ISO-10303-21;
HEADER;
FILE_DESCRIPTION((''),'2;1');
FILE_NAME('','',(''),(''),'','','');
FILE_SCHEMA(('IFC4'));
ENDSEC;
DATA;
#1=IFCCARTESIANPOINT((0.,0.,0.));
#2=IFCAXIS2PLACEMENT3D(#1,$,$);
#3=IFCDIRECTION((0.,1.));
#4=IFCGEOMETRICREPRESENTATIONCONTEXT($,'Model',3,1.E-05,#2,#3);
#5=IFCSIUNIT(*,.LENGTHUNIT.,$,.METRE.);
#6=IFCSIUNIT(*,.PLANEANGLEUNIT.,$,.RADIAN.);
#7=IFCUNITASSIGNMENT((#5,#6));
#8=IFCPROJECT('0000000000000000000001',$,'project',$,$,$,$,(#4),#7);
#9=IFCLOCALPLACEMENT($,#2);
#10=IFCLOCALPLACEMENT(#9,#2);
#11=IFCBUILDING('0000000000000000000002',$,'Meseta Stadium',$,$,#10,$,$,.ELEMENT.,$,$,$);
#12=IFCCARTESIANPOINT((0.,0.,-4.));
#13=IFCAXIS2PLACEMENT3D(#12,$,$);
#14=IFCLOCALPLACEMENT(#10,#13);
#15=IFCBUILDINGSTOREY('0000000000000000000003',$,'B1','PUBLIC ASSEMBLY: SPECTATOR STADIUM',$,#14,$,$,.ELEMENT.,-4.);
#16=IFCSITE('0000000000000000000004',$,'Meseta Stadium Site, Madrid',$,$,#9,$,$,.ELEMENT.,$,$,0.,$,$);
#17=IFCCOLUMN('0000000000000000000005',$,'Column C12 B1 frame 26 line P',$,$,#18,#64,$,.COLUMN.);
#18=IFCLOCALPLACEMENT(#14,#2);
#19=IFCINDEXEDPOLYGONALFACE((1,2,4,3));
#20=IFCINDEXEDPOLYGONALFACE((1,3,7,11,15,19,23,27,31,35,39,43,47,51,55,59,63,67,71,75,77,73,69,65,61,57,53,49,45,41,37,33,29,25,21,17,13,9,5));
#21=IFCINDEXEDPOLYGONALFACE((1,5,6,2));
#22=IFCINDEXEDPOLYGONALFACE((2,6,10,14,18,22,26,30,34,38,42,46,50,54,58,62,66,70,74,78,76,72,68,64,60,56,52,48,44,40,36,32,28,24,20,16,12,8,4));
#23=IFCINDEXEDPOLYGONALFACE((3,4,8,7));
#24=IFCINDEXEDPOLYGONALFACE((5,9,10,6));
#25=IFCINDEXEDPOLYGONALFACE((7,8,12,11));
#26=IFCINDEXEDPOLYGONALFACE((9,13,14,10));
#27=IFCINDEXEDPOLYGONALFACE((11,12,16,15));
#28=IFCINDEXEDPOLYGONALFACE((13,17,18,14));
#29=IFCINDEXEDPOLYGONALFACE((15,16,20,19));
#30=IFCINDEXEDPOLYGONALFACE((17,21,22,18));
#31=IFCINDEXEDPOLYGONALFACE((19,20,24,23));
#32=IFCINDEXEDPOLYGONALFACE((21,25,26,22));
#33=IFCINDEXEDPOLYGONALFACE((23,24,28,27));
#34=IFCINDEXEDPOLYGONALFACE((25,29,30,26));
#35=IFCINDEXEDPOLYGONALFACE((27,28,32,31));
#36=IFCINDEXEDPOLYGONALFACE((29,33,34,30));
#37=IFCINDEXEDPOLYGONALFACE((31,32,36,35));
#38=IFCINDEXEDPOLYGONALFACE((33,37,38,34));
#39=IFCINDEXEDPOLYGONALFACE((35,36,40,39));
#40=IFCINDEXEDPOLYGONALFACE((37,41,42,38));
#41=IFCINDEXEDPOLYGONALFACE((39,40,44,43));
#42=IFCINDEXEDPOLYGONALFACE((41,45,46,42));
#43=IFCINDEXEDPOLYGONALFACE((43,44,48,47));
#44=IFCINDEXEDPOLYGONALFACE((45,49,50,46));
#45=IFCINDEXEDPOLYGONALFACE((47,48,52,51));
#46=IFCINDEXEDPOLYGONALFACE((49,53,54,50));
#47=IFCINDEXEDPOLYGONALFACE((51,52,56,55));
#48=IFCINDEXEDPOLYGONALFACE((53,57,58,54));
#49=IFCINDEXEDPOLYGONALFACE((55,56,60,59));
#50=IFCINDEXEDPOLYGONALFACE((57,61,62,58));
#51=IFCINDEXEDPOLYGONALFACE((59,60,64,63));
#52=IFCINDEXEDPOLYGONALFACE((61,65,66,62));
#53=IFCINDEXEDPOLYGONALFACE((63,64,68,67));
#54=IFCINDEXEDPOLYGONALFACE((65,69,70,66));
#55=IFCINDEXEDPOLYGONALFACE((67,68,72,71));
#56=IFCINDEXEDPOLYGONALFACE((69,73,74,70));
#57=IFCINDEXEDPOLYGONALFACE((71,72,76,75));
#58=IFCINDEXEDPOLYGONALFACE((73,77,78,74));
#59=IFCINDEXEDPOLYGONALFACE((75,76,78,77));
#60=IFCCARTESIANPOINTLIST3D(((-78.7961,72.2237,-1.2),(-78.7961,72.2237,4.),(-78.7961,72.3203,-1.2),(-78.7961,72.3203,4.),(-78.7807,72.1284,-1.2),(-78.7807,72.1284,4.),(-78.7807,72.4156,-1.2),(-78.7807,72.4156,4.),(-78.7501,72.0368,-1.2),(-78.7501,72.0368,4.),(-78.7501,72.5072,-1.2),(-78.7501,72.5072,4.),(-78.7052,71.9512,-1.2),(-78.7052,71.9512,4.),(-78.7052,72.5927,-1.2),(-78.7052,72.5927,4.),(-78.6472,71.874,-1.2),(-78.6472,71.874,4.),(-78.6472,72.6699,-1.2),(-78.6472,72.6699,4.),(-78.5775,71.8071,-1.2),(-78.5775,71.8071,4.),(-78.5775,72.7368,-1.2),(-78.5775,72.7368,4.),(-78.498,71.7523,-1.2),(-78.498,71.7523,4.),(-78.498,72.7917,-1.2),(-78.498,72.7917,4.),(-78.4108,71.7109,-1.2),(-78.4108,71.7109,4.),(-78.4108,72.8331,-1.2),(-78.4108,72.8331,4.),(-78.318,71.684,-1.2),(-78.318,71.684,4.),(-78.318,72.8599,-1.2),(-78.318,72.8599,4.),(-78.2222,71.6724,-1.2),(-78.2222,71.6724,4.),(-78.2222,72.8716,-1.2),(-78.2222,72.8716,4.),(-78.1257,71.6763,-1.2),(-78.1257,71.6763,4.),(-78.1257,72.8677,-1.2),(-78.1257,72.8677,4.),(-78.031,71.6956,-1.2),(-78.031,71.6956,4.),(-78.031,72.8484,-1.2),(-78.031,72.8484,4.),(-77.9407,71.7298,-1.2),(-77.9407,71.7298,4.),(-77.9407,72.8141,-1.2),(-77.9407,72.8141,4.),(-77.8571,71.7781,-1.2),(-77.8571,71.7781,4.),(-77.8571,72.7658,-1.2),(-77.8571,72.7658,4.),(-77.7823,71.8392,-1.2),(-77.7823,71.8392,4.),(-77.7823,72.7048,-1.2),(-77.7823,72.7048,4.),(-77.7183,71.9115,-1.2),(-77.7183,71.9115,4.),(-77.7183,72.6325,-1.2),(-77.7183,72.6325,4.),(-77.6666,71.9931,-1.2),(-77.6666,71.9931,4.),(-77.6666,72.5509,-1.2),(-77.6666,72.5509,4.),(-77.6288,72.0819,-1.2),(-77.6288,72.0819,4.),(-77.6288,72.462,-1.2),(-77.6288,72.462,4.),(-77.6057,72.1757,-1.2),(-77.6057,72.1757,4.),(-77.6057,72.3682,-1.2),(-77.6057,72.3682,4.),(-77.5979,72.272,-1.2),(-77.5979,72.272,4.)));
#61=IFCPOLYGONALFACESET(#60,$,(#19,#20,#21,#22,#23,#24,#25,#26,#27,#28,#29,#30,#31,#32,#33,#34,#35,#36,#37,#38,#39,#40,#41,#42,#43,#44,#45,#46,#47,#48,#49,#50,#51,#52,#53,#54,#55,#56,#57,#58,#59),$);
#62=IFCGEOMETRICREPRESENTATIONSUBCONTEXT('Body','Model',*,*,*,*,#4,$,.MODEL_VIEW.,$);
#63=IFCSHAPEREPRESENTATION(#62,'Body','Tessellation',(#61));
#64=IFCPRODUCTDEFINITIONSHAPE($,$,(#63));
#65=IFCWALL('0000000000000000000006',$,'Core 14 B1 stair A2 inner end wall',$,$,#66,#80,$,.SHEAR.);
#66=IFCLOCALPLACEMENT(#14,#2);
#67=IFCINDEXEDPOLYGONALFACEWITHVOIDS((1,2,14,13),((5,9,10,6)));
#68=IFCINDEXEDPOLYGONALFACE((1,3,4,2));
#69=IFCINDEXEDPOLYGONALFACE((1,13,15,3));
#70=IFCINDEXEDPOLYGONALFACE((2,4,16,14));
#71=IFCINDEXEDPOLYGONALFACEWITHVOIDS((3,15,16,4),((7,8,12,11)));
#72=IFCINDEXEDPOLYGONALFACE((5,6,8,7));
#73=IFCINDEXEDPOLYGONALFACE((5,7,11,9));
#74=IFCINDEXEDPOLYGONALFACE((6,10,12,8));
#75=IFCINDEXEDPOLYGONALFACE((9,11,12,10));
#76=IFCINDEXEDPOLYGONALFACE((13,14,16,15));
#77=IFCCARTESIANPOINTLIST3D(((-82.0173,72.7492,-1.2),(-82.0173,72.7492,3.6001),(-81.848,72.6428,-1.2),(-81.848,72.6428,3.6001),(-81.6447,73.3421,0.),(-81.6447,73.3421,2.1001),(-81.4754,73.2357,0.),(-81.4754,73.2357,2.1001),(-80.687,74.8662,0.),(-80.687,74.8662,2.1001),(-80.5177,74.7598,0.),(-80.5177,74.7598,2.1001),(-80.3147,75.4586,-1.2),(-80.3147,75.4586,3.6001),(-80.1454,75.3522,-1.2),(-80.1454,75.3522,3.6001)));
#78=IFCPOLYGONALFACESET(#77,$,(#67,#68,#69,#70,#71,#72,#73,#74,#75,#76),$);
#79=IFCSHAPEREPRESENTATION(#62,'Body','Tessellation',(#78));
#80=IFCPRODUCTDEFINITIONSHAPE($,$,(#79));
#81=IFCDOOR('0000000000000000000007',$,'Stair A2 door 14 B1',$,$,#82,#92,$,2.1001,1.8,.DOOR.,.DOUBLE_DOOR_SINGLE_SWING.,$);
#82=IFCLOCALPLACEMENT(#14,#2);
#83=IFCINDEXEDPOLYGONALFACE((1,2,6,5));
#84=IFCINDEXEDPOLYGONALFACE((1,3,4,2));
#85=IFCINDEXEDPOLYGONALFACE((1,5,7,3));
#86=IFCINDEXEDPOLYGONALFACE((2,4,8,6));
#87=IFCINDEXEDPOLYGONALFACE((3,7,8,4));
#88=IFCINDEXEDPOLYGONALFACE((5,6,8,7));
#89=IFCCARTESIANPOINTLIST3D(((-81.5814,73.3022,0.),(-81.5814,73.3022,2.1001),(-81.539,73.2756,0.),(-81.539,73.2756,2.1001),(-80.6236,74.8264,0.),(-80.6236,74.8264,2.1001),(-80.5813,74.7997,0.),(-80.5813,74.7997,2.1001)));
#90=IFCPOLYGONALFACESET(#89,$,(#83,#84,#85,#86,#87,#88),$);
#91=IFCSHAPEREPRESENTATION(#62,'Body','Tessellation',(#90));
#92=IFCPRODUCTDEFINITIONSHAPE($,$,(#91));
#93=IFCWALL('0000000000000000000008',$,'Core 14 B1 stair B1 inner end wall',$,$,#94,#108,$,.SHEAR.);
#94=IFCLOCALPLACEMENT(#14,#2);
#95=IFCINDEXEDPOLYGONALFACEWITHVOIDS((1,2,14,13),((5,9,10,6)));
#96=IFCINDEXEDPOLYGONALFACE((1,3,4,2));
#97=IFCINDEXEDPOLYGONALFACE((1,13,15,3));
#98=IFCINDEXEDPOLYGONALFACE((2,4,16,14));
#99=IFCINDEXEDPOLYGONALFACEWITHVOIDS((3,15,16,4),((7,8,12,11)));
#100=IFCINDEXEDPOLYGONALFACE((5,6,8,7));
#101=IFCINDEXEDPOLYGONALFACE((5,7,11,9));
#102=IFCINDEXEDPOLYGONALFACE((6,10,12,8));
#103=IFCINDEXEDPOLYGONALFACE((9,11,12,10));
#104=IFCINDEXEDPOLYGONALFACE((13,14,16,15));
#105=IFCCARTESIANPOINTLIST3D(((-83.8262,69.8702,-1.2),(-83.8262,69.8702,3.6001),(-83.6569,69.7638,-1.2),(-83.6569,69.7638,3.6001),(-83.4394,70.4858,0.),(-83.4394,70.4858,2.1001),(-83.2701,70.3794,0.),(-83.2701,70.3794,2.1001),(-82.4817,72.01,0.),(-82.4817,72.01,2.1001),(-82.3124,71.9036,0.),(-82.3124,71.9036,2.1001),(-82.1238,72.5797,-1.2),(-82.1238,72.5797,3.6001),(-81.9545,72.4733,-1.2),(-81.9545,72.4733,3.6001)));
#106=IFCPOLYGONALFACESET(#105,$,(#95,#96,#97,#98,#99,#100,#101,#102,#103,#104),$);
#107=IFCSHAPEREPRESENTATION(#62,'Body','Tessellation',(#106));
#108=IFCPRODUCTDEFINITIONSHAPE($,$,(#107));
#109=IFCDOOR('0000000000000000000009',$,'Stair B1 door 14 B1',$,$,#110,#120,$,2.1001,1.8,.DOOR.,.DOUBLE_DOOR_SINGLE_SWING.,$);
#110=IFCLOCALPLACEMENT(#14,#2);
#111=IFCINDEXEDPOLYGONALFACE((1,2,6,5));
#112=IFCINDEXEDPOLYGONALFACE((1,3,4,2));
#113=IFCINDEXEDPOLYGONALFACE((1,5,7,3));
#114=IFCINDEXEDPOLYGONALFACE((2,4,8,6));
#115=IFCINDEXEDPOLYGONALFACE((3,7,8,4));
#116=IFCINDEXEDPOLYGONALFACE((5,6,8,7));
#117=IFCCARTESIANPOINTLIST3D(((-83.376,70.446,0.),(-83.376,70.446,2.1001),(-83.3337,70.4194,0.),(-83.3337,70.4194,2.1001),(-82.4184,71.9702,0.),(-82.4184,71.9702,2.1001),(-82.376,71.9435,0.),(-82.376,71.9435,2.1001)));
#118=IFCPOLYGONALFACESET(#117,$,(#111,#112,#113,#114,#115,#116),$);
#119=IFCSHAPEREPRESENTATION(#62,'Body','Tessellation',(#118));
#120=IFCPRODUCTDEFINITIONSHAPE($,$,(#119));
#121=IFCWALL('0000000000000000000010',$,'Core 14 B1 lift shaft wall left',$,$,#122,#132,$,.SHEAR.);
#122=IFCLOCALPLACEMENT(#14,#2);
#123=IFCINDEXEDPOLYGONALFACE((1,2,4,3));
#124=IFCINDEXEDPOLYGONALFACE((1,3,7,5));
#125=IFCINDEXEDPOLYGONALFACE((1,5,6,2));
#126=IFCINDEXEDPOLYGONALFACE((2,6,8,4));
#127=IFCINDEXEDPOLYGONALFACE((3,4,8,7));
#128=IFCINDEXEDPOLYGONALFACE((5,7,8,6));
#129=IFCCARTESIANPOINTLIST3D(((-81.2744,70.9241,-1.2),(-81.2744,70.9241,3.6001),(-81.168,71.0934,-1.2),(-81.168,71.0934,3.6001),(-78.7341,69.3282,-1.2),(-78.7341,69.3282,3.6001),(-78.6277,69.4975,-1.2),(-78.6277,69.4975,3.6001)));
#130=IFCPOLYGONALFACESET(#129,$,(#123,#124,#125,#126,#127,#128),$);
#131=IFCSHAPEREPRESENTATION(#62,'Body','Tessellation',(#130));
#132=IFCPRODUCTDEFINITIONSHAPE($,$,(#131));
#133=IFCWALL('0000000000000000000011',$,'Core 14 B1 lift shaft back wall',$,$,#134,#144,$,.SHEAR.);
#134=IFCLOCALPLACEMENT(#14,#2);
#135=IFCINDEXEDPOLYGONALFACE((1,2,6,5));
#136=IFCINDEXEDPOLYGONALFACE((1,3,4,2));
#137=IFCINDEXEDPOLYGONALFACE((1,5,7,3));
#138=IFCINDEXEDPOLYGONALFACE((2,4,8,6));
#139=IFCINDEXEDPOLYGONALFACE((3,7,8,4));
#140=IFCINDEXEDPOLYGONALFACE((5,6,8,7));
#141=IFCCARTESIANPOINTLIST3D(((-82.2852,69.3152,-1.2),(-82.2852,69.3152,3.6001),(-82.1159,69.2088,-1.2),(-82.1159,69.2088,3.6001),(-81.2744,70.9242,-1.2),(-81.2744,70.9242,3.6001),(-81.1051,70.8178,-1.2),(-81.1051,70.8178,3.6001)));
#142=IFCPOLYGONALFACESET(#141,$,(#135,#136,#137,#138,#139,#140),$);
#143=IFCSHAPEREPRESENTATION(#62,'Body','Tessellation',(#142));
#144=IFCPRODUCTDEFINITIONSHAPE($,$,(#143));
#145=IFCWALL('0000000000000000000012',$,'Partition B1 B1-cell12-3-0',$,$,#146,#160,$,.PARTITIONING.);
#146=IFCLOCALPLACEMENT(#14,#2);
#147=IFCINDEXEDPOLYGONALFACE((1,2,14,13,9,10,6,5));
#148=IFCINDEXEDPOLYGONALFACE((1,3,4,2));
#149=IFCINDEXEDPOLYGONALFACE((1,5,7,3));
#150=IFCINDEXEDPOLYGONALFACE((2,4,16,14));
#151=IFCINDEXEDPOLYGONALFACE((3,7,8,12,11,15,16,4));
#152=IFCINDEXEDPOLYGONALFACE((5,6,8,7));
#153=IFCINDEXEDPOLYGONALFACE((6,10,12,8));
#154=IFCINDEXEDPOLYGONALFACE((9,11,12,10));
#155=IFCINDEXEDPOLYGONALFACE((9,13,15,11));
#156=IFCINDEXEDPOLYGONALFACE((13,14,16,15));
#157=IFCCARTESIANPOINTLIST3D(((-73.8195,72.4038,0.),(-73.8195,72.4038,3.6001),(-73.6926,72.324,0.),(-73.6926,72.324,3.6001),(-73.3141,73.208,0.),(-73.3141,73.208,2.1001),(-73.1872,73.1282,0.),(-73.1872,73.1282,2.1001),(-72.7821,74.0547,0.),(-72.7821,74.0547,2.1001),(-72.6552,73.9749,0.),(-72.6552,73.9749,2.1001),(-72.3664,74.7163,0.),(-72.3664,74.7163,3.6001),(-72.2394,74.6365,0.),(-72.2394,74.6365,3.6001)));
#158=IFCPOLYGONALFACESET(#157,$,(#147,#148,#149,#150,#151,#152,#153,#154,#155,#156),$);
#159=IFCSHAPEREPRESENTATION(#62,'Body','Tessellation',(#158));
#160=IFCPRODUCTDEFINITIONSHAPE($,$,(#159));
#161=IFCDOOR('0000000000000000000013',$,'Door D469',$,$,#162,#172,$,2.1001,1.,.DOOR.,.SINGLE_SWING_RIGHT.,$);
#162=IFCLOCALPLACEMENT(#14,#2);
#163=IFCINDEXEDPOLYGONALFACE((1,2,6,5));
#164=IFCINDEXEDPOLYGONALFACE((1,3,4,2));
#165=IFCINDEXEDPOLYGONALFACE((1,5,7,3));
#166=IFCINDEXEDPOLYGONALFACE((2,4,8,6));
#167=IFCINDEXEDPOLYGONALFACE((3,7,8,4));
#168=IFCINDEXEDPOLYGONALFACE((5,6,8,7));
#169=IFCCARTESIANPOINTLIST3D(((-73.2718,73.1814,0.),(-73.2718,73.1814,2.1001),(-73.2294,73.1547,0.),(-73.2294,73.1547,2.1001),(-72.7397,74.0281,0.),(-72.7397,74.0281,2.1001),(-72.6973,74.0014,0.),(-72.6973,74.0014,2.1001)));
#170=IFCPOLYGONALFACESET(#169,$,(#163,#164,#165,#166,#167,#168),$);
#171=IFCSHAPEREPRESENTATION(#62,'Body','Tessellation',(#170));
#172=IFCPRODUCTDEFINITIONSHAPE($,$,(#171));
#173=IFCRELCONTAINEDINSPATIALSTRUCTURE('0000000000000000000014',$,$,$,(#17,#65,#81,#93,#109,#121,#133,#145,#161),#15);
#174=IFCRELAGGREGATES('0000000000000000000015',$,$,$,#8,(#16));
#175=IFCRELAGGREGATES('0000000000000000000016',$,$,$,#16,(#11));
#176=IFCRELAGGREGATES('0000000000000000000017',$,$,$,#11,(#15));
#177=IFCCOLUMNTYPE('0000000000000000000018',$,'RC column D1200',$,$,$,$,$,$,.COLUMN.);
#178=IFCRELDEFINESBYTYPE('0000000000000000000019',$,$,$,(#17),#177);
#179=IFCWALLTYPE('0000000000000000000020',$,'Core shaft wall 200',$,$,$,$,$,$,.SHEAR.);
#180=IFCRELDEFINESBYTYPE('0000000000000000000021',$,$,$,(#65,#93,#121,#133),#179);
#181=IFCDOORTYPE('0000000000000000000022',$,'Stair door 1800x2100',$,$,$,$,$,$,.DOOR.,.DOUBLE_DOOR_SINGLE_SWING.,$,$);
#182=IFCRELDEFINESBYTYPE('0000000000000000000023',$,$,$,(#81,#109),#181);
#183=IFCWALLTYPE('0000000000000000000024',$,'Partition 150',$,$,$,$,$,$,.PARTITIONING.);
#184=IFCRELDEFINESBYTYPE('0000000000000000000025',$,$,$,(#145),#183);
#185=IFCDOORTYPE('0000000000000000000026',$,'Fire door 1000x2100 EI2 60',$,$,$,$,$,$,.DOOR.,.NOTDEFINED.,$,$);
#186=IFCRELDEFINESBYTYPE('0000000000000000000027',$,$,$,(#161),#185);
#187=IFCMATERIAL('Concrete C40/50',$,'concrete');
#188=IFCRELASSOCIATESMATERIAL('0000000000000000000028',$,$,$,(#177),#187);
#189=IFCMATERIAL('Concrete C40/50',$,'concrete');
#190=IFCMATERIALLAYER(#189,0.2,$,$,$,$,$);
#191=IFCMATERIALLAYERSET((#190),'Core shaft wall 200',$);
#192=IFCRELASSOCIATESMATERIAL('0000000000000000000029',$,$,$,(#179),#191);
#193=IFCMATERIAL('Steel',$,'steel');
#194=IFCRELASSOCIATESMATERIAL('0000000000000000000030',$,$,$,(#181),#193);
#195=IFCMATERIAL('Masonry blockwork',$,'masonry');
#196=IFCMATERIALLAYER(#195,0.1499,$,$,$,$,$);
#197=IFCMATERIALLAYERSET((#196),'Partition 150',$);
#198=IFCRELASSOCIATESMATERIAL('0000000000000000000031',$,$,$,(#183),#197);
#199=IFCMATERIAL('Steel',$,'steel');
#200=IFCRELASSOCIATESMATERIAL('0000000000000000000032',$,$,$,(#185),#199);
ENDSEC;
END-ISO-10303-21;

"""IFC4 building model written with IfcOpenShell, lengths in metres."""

from ifc_helpers import new_model, si_unit, direction, frame, frame_2d, origin, origin_2d, place, context, subcontext, project, spatial, rectangle, circle, extrude, material, layer, layer_set, material_profile, profile_set, type_object, element, fill, save


model = new_model("IFC4")

# Units and contexts
model_context = context("Model", 3, precision=1e-05, world=origin(), true_north=direction((0.0, 1.0)))
body_context = subcontext(model_context, "Body", "Model", "MODEL_VIEW")
ifc_project = project(units=[si_unit("LENGTHUNIT", "METRE"), si_unit("PLANEANGLEUNIT", "RADIAN")], contexts=[model_context])

# Site, building, storey
site_placement = place(None, origin())
site = spatial("IfcSite", under=ifc_project, at=site_placement, Name="Meseta Stadium Site, Madrid", CompositionType="ELEMENT", RefElevation=0.0)
building_placement = place(site_placement, origin())
building = spatial("IfcBuilding", under=site, at=building_placement, Name="Meseta Stadium", CompositionType="ELEMENT")
storey_placement = place(building_placement, frame((0.0, 0.0, -4.0)))
storey = spatial("IfcBuildingStorey", under=building, at=storey_placement, Name="B1", Description="PUBLIC ASSEMBLY: SPECTATOR STADIUM", CompositionType="ELEMENT", Elevation=-4.0)

# Column
ifc_material_1 = material(Name="Concrete C40/50", Category="concrete")
ifc_material_profile = material_profile(ifc_material_1, circle(Radius=0.6001, at=origin_2d()), Name="RC D1200")
ifc_profile_set = profile_set([ifc_material_profile], Name="Concrete C40/50")
column_type = type_object("IfcColumnType", Name="RC column D1200", PredefinedType="COLUMN", material=ifc_profile_set)
column_placement = place(storey_placement, frame((-78.198, 72.272, -1.2), z_axis=(0.0, 0.0, 1.0), x_axis=(1.0, 0.0, 0.0)))
element("IfcColumn", 1, at=column_placement, inside=storey, type_object=column_type, Name="Column C12 B1 frame 26 line P", PredefinedType="COLUMN", context=body_context, shape_type="SweptSolid", body=[
    extrude(circle(Radius=0.6001, at=origin_2d()), origin(), (0.0, 0.0, 1.0), 5.2),
])

# Walls, openings, doors
ifc_material_2 = material(Name="Concrete C40/50", Category="concrete")
ifc_layer_1 = layer(ifc_material_2, 0.2)
ifc_layer_set_1 = layer_set([ifc_layer_1], Name="Core shaft wall 200")
wall_type_1 = type_object("IfcWallType", Name="Core shaft wall 200", PredefinedType="SHEAR", material=ifc_layer_set_1)
wall_1_placement = place(storey_placement, frame((-80.23, 75.4055, -1.2), z_axis=(0.0, 0.0, 1.0), x_axis=(-0.532068, -0.846701, 0.0)))
wall_1 = element("IfcWall", 2, at=wall_1_placement, inside=storey, type_object=wall_type_1, Name="Core 14 B1 stair A2 inner end wall", PredefinedType="SHEAR", context=body_context, shape_type="SweptSolid", body=[
    extrude(rectangle(XDim=3.2, YDim=0.2, at=frame_2d((1.6001, 0.0))), origin(), (0.0, 0.0, 1.0), 4.8),
])
opening_1_placement = place(wall_1_placement, frame((0.7, 0.0, 1.2)))
opening_1 = element("IfcOpeningElement", 3, at=opening_1_placement, cuts=wall_1, PredefinedType="OPENING", context=body_context, shape_type="SweptSolid", body=[
    extrude(rectangle(XDim=1.8, YDim=2.1001, at=frame_2d((0.8999, 1.05))), frame((0.0, 0.1099, 0.0), z_axis=(0.0, -1.0, 0.0), x_axis=(1.0, 0.0, 0.0)), (0.0, 0.0, 1.0), 0.22),
])
ifc_material_3 = material(Name="Steel", Category="steel")
door_type_1 = type_object("IfcDoorType", Name="Stair door 1800x2100", OperationType="DOUBLE_DOOR_SINGLE_SWING", PredefinedType="DOOR", material=ifc_material_3)
door_1_placement = place(opening_1_placement, origin())
door_1 = element("IfcDoor", 4, at=door_1_placement, inside=storey, type_object=door_type_1, Name="Stair A2 door 14 B1", OperationType="DOUBLE_DOOR_SINGLE_SWING", OverallHeight=2.1001, OverallWidth=1.8, PredefinedType="DOOR", context=body_context, shape_type="SweptSolid", body=[
    extrude(rectangle(XDim=1.8, YDim=2.1001, at=frame_2d((0.8999, 1.05))), frame((0.0, 0.0249, 0.0), z_axis=(0.0, -1.0, 0.0), x_axis=(1.0, 0.0, 0.0)), (0.0, 0.0, 1.0), 0.05),
])
fill(opening_1, door_1)
wall_2_placement = place(storey_placement, frame((-82.0391, 72.5266, -1.2), z_axis=(0.0, 0.0, 1.0), x_axis=(-0.532014, -0.846736, 0.0)))
wall_2 = element("IfcWall", 5, at=wall_2_placement, inside=storey, type_object=wall_type_1, Name="Core 14 B1 stair B1 inner end wall", PredefinedType="SHEAR", context=body_context, shape_type="SweptSolid", body=[
    extrude(rectangle(XDim=3.2, YDim=0.2, at=frame_2d((1.6001, 0.0))), origin(), (0.0, 0.0, 1.0), 4.8),
])
opening_2_placement = place(wall_2_placement, frame((0.6731, 0.0, 1.2)))
opening_2 = element("IfcOpeningElement", 6, at=opening_2_placement, cuts=wall_2, PredefinedType="OPENING", context=body_context, shape_type="SweptSolid", body=[
    extrude(rectangle(XDim=1.8, YDim=2.1001, at=frame_2d((0.8999, 1.05))), frame((0.0, 0.1099, 0.0), z_axis=(0.0, -1.0, 0.0), x_axis=(1.0, 0.0, 0.0)), (0.0, 0.0, 1.0), 0.22),
])
door_2_placement = place(opening_2_placement, origin())
door_2 = element("IfcDoor", 7, at=door_2_placement, inside=storey, type_object=door_type_1, Name="Stair B1 door 14 B1", OperationType="DOUBLE_DOOR_SINGLE_SWING", OverallHeight=2.1001, OverallWidth=1.8, PredefinedType="DOOR", context=body_context, shape_type="SweptSolid", body=[
    extrude(rectangle(XDim=1.8, YDim=2.1001, at=frame_2d((0.8999, 1.05))), frame((0.0, 0.0249, 0.0), z_axis=(0.0, -1.0, 0.0), x_axis=(1.0, 0.0, 0.0)), (0.0, 0.0, 1.0), 0.05),
])
fill(opening_2, door_2)

# Walls
wall_3_placement = place(storey_placement, frame((-81.2212, 71.0088, -1.2), z_axis=(0.0, 0.0, 1.0), x_axis=(0.846757, -0.53198, 0.0)))
element("IfcWall", 8, at=wall_3_placement, inside=storey, type_object=wall_type_1, Name="Core 14 B1 lift shaft wall left", PredefinedType="SHEAR", context=body_context, shape_type="SweptSolid", body=[
    extrude(rectangle(XDim=3.0, YDim=0.2, at=frame_2d((1.5, 0.0))), origin(), (0.0, 0.0, 1.0), 4.8),
])
wall_4_placement = place(storey_placement, frame((-81.1897, 70.8711, -1.2), z_axis=(0.0, 0.0, 1.0), x_axis=(-0.531961, -0.846769, 0.0)))
element("IfcWall", 9, at=wall_4_placement, inside=storey, type_object=wall_type_1, Name="Core 14 B1 lift shaft back wall", PredefinedType="SHEAR", context=body_context, shape_type="SweptSolid", body=[
    extrude(rectangle(XDim=1.9001, YDim=0.2, at=frame_2d((0.9502, 0.0))), origin(), (0.0, 0.0, 1.0), 4.8),
])

# Wall, opening, door
ifc_material_4 = material(Name="Masonry blockwork", Category="masonry")
ifc_layer_2 = layer(ifc_material_4, 0.1499)
ifc_layer_set_2 = layer_set([ifc_layer_2], Name="Partition 150")
wall_type_2 = type_object("IfcWallType", Name="Partition 150", PredefinedType="PARTITIONING", material=ifc_layer_set_2)
wall_5_placement = place(storey_placement, frame((-73.7561, 72.3638, 0.0), z_axis=(0.0, 0.0, 1.0), x_axis=(0.532054, 0.84671, 0.0)))
wall_5 = element("IfcWall", 10, at=wall_5_placement, inside=storey, type_object=wall_type_2, Name="Partition B1 B1-cell12-3-0", PredefinedType="PARTITIONING", context=body_context, shape_type="SweptSolid", body=[
    extrude(rectangle(XDim=2.7312, YDim=0.1499, at=frame_2d((1.3657, 0.0))), origin(), (0.0, 0.0, 1.0), 3.6001),
])
opening_3_placement = place(wall_5_placement, frame((0.95, 0.0, 0.0)))
opening_3 = element("IfcOpeningElement", 11, at=opening_3_placement, cuts=wall_5, PredefinedType="OPENING", context=body_context, shape_type="SweptSolid", body=[
    extrude(rectangle(XDim=1.0, YDim=2.1001, at=frame_2d((0.5, 1.05))), frame((0.0, 0.085, 0.0), z_axis=(0.0, -1.0, 0.0), x_axis=(1.0, 0.0, 0.0)), (0.0, 0.0, 1.0), 0.1699),
])
ifc_material_5 = material(Name="Steel", Category="steel")
door_type_2 = type_object("IfcDoorType", Name="Fire door 1000x2100 EI2 60", OperationType="NOTDEFINED", PredefinedType="DOOR", material=ifc_material_5)
door_3_placement = place(opening_3_placement, origin())
door_3 = element("IfcDoor", 12, at=door_3_placement, inside=storey, type_object=door_type_2, Name="Door D469", OperationType="SINGLE_SWING_RIGHT", OverallHeight=2.1001, OverallWidth=1.0, PredefinedType="DOOR", context=body_context, shape_type="SweptSolid", body=[
    extrude(rectangle(XDim=1.0, YDim=2.1001, at=frame_2d((0.5, 1.05))), frame((0.0, 0.0249, 0.0), z_axis=(0.0, -1.0, 0.0), x_axis=(1.0, 0.0, 0.0)), (0.0, 0.0, 1.0), 0.05),
])
fill(opening_3, door_3)

save(model, "model.ifc")
